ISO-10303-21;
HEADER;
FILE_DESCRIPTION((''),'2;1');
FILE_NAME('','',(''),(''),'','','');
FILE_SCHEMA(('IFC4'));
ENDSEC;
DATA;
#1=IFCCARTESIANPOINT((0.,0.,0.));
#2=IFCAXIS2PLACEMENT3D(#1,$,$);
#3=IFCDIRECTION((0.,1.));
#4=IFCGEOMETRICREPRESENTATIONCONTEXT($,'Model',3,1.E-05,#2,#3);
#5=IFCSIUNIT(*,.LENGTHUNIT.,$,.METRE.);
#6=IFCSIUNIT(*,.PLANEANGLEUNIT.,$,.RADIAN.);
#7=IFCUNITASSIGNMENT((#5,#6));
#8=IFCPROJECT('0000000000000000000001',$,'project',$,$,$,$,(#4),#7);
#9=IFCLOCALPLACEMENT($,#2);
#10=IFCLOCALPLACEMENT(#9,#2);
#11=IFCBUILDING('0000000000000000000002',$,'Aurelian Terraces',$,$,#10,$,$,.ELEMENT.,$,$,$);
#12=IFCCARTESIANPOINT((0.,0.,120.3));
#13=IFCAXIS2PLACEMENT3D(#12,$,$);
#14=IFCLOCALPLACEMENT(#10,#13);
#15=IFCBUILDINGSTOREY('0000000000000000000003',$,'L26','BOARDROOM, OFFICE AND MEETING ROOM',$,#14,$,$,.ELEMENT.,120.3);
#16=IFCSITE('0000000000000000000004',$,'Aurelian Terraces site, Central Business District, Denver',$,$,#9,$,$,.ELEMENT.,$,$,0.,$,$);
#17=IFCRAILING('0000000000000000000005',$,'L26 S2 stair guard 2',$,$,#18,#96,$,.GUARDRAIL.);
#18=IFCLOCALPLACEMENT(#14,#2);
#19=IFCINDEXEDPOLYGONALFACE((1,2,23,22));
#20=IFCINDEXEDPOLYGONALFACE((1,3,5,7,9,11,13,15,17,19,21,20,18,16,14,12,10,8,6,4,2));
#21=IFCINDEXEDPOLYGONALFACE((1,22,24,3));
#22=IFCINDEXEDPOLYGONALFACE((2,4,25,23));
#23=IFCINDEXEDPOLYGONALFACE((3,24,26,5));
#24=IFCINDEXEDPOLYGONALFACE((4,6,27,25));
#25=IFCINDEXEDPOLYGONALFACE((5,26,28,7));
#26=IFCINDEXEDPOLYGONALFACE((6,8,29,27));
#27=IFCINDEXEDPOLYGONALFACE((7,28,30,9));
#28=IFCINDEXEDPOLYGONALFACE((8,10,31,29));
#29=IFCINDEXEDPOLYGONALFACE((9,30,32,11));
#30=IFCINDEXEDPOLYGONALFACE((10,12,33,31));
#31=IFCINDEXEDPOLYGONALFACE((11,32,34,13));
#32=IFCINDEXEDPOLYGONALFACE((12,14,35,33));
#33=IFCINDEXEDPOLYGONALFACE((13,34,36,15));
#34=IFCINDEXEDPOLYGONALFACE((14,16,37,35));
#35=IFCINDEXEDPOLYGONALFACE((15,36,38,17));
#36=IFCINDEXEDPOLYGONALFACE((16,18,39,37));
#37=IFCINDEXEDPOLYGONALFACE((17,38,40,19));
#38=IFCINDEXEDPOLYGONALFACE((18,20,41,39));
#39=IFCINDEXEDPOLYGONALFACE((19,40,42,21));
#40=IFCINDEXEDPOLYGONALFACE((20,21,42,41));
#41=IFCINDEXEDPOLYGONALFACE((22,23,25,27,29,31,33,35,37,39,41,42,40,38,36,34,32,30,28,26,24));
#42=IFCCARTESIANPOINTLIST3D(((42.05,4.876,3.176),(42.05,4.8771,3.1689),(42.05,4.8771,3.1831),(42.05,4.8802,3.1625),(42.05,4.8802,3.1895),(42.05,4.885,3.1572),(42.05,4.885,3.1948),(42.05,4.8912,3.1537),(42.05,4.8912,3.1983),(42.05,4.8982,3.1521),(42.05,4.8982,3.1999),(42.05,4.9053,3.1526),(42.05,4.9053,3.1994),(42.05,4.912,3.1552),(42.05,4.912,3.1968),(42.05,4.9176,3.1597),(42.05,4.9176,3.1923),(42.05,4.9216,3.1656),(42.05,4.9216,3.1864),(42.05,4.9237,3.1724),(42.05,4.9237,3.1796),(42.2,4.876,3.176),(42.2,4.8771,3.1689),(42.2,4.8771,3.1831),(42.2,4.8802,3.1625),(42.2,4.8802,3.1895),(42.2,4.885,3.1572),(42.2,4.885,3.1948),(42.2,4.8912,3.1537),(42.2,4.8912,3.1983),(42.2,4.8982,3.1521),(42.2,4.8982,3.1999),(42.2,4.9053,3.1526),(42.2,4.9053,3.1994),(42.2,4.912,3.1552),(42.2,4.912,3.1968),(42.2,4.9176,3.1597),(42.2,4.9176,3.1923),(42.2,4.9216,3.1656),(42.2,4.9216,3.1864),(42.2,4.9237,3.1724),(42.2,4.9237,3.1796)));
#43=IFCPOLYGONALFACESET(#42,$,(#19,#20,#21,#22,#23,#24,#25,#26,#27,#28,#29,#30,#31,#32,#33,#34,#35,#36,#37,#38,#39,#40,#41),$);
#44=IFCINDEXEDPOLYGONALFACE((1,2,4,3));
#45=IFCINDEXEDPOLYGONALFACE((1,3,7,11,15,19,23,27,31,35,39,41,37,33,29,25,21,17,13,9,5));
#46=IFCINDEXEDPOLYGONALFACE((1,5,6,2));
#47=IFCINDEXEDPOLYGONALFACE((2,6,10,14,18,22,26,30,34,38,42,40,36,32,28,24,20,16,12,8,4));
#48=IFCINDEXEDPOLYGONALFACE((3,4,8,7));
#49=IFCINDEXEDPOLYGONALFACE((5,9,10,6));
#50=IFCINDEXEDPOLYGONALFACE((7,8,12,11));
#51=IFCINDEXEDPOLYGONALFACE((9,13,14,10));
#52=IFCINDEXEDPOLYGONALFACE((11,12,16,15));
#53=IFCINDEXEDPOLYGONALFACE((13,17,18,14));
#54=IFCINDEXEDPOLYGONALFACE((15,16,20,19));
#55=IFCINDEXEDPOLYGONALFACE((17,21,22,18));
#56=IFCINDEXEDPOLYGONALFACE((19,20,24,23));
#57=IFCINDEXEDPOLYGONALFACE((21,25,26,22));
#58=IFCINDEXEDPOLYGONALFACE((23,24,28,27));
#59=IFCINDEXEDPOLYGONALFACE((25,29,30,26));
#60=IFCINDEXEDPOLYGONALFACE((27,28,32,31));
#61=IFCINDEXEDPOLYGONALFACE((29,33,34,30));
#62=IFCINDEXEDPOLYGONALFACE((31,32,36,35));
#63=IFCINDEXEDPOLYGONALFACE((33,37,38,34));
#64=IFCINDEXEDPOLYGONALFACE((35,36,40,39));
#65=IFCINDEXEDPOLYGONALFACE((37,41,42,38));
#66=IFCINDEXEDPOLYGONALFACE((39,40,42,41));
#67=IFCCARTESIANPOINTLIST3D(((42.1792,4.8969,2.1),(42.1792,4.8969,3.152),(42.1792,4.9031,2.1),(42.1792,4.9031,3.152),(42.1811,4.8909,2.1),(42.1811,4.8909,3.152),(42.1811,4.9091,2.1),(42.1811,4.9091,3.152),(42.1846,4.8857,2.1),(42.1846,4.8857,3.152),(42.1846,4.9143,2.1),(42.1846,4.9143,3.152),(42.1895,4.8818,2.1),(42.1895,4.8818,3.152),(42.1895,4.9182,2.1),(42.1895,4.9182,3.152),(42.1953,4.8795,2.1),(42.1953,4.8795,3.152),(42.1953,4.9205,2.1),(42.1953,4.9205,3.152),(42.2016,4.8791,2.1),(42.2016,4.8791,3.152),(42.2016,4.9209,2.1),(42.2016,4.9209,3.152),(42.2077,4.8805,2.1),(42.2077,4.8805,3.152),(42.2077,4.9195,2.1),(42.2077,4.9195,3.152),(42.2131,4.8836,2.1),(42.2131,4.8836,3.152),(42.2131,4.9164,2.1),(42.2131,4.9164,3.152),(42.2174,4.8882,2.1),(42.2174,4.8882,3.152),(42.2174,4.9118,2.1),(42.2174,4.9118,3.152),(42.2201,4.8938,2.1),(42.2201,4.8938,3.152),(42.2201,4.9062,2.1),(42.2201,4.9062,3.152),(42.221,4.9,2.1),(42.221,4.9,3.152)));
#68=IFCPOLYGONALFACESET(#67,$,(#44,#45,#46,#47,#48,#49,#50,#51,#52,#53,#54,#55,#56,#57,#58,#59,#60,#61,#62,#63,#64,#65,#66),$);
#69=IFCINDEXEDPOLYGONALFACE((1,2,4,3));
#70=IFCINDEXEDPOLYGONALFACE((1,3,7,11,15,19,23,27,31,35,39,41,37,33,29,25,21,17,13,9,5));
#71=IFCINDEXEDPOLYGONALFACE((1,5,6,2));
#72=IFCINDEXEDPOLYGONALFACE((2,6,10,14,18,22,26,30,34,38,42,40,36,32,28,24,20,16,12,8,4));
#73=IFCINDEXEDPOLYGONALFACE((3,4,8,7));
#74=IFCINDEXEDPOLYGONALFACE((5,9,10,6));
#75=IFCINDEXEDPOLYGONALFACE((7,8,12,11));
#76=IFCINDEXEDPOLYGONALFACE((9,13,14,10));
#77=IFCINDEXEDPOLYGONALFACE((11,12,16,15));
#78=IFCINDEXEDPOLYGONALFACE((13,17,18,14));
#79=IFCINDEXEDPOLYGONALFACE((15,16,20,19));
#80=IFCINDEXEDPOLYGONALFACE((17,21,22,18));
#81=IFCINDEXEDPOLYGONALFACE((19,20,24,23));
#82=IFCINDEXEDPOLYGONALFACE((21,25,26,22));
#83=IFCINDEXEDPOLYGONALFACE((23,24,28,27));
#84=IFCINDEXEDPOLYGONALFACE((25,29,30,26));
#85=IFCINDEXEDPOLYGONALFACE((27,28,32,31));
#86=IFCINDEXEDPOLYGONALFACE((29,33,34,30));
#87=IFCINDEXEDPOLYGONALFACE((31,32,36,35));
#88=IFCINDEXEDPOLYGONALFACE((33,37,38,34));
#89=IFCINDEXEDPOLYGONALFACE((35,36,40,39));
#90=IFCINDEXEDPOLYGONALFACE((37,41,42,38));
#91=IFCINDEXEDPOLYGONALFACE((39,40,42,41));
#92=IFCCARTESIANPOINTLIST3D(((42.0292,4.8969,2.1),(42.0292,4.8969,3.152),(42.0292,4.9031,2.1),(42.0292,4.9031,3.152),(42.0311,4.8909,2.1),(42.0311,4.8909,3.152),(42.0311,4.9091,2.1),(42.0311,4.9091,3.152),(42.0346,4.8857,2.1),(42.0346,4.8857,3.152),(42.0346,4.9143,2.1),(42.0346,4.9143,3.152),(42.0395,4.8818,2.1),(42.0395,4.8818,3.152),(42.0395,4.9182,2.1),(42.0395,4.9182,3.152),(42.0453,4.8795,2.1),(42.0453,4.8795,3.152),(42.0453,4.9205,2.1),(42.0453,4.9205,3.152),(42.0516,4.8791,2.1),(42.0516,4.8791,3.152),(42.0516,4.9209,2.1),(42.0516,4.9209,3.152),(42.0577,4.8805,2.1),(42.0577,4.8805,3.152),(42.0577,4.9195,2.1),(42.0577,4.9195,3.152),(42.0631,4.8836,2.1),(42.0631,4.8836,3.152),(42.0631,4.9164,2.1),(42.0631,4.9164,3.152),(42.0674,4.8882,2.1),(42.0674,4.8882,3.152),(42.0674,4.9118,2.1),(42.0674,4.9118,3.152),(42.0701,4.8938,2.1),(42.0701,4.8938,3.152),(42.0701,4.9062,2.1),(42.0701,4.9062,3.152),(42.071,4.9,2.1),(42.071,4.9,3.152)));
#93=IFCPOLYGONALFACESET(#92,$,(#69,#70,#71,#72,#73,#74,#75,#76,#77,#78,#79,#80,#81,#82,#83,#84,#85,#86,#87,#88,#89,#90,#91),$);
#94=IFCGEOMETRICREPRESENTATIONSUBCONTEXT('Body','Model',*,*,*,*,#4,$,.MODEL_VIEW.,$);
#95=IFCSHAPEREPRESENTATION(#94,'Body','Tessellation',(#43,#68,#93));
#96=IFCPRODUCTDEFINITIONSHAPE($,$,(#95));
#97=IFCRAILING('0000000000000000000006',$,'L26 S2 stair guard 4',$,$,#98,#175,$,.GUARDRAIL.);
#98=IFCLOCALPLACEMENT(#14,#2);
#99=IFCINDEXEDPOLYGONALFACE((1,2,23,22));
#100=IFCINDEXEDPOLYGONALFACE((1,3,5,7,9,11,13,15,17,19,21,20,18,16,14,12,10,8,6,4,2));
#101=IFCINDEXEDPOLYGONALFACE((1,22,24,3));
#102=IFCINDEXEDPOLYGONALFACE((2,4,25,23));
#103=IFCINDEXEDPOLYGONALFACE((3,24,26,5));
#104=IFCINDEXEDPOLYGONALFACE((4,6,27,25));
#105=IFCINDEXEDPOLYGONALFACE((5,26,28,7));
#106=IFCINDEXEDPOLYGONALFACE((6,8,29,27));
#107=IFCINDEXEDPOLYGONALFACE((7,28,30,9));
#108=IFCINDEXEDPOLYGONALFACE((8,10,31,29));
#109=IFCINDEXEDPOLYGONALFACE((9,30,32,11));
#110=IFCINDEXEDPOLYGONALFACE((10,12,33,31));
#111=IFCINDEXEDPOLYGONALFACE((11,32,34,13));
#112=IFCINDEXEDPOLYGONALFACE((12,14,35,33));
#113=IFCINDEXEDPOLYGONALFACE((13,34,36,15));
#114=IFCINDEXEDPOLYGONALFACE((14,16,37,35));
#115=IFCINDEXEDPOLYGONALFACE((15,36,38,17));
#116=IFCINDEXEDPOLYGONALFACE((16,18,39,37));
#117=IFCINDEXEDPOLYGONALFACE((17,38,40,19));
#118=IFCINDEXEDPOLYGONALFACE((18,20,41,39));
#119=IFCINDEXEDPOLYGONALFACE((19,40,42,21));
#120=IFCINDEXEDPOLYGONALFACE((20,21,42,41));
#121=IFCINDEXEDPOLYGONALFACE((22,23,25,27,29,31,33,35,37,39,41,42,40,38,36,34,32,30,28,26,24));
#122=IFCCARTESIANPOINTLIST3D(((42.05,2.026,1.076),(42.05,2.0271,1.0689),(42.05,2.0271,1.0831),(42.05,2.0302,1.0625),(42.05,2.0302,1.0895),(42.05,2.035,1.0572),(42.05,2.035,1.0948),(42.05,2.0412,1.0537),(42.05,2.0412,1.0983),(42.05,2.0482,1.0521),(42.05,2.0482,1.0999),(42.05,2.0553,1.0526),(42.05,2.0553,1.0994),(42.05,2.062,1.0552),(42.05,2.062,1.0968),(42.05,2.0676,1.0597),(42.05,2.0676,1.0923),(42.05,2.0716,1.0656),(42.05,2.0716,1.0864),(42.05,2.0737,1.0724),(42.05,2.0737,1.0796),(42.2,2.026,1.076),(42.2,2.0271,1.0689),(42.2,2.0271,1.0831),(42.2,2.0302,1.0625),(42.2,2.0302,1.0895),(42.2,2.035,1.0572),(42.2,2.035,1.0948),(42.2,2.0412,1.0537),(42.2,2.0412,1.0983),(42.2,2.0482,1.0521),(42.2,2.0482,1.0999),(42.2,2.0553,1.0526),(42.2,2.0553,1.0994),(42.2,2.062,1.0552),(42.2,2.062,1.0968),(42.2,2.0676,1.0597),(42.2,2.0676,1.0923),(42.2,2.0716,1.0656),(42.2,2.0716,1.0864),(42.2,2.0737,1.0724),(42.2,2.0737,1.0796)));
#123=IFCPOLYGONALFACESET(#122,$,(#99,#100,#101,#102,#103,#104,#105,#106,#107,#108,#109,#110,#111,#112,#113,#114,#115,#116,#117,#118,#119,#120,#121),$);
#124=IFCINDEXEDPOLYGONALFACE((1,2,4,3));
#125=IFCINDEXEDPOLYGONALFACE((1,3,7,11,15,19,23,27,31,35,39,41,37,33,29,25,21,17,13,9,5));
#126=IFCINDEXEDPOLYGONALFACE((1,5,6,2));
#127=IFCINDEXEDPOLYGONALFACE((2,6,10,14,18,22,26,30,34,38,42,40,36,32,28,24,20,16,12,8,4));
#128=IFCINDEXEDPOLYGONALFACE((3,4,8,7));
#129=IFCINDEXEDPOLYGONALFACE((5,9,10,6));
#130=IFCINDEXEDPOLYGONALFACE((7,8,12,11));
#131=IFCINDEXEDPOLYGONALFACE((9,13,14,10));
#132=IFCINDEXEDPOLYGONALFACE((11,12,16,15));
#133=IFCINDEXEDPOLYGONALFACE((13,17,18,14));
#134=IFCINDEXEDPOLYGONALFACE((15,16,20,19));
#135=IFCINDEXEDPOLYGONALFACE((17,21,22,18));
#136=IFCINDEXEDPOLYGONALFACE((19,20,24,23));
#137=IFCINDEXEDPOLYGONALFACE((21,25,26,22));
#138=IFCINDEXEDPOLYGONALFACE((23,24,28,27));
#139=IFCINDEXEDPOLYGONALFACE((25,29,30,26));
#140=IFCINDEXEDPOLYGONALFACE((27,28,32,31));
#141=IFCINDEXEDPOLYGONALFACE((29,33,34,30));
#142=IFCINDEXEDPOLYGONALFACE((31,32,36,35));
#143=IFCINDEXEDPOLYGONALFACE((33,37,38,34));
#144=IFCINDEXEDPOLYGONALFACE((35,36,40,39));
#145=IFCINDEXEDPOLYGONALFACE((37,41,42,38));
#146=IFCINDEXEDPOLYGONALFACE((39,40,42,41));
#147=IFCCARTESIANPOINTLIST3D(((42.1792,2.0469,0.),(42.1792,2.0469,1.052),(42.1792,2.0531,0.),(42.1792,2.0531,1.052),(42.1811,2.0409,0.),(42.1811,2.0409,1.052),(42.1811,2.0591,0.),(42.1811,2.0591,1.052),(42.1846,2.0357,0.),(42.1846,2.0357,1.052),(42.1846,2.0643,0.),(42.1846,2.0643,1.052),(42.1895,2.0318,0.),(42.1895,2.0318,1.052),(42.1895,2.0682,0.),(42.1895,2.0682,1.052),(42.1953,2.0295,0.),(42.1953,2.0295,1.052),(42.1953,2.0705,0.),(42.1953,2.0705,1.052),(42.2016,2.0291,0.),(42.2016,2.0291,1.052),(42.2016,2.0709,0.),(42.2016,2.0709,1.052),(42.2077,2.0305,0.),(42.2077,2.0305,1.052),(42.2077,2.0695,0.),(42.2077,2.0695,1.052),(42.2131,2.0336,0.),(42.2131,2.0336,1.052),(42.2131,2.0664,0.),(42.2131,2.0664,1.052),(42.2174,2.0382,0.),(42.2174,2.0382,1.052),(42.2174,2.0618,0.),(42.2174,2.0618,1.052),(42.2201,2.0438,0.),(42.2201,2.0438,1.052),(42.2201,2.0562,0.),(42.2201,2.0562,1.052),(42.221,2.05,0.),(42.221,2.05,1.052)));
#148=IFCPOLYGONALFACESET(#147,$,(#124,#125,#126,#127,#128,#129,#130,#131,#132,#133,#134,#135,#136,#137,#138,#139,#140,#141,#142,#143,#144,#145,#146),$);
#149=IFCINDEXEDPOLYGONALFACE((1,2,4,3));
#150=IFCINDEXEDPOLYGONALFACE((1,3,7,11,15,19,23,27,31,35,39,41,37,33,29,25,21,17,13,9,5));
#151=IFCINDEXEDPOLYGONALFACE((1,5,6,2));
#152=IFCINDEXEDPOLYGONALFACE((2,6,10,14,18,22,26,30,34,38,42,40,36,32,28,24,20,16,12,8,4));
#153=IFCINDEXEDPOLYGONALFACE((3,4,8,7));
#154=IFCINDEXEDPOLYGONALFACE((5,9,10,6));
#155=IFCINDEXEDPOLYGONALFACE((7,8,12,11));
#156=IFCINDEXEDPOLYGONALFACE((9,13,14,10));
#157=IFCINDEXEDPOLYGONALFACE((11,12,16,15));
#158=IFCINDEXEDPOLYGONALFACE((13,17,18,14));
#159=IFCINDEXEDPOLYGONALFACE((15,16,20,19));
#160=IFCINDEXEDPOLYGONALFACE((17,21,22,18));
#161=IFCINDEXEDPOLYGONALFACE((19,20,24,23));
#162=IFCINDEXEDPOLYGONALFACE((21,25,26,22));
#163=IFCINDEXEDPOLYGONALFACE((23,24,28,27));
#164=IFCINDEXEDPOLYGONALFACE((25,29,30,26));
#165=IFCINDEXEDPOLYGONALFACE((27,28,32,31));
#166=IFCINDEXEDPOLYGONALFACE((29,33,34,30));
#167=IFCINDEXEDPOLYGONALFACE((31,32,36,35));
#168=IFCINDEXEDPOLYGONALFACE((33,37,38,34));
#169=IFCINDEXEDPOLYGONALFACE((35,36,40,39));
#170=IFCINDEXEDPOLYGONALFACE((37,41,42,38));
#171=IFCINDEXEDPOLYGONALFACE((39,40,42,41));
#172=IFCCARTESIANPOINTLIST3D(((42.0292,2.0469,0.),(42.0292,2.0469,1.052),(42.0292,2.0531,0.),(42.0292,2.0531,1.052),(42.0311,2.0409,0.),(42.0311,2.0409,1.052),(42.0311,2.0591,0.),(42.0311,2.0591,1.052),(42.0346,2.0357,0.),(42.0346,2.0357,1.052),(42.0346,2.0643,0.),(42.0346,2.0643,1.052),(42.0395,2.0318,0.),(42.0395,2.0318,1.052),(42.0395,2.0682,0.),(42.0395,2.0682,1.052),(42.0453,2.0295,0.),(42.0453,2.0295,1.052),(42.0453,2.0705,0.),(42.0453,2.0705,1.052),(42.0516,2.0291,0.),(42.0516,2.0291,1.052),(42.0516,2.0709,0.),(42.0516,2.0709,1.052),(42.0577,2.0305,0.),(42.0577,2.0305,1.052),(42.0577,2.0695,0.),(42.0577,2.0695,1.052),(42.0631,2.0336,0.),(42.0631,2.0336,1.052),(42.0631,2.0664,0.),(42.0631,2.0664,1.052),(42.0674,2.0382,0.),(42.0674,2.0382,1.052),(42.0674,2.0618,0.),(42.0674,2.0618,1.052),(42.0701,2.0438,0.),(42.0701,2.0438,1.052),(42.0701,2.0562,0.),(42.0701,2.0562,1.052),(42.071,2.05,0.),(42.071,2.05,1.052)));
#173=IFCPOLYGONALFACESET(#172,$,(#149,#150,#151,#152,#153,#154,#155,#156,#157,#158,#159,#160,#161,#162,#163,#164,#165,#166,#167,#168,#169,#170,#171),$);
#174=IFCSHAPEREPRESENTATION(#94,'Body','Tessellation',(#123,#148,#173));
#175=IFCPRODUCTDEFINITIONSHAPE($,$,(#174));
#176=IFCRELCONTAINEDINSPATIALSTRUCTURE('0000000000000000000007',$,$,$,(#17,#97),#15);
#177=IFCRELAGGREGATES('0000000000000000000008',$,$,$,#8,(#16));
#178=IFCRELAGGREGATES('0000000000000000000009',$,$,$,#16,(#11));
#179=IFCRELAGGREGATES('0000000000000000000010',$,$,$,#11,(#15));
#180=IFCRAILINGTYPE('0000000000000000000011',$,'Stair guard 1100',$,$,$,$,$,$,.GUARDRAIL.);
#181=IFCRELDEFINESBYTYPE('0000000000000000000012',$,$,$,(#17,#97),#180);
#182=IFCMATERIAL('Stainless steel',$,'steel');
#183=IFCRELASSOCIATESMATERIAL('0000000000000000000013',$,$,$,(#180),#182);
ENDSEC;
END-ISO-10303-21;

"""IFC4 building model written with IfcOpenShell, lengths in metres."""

from ifc_helpers import new_model, si_unit, direction, frame, origin, origin_2d, place, context, subcontext, project, spatial, circle, extrude, source, transform, mapped, material, type_object, element, save


model = new_model("IFC4")

# Units and contexts
model_context = context("Model", 3, precision=1e-05, world=origin(), true_north=direction((0.0, 1.0)))
body_context = subcontext(model_context, "Body", "Model", "MODEL_VIEW")
ifc_project = project(units=[si_unit("LENGTHUNIT", "METRE"), si_unit("PLANEANGLEUNIT", "RADIAN")], contexts=[model_context])

# Site, building, storey
site_placement = place(None, origin())
site = spatial("IfcSite", under=ifc_project, at=site_placement, Name="Aurelian Terraces site, Central Business District, Denver", CompositionType="ELEMENT", RefElevation=0.0)
building_placement = place(site_placement, origin())
building = spatial("IfcBuilding", under=site, at=building_placement, Name="Aurelian Terraces", CompositionType="ELEMENT")
storey_placement = place(building_placement, frame((0.0, 0.0, 120.3)))
storey = spatial("IfcBuildingStorey", under=building, at=storey_placement, Name="L26", Description="BOARDROOM, OFFICE AND MEETING ROOM", CompositionType="ELEMENT", Elevation=120.3)

# Railings
ifc_material_1 = material(Name="Stainless steel", Category="steel")
railing_type_1 = type_object("IfcRailingType", Name="Stair guard 1100", PredefinedType="GUARDRAIL", material=ifc_material_1)
shared_shape_1 = source(origin(), body_context, "Body", "SweptSolid", [
    extrude(circle(Radius=0.024, at=origin_2d()), frame((0.0, 0.0, 1.076), z_axis=(-1.0, 0.0, 0.0), x_axis=(0.0, -1.0, 0.0)), (0.0, 0.0, 1.0), 0.15),
    extrude(circle(Radius=0.021, at=origin_2d()), origin(), (0.0, 0.0, 1.0), 1.052),
    extrude(circle(Radius=0.021, at=origin_2d()), frame((-0.15, 0.0, 0.0)), (0.0, 0.0, 1.0), 1.052),
])
for number, where, name in (
    (1, (42.2, 4.9, 2.1), "L26 S2 stair guard 2"),
    (2, (42.2, 2.05, 0.0), "L26 S2 stair guard 4"),
):
    element("IfcRailing", number, at=place(storey_placement, frame(where)), inside=storey, type_object=railing_type_1, Name=name, PredefinedType="GUARDRAIL", context=body_context, shape_type="MappedRepresentation", body=[
        mapped(shared_shape_1, transform((0.0, 0.0, 0.0), scale=1.0)),
    ])

save(model, "model.ifc")
